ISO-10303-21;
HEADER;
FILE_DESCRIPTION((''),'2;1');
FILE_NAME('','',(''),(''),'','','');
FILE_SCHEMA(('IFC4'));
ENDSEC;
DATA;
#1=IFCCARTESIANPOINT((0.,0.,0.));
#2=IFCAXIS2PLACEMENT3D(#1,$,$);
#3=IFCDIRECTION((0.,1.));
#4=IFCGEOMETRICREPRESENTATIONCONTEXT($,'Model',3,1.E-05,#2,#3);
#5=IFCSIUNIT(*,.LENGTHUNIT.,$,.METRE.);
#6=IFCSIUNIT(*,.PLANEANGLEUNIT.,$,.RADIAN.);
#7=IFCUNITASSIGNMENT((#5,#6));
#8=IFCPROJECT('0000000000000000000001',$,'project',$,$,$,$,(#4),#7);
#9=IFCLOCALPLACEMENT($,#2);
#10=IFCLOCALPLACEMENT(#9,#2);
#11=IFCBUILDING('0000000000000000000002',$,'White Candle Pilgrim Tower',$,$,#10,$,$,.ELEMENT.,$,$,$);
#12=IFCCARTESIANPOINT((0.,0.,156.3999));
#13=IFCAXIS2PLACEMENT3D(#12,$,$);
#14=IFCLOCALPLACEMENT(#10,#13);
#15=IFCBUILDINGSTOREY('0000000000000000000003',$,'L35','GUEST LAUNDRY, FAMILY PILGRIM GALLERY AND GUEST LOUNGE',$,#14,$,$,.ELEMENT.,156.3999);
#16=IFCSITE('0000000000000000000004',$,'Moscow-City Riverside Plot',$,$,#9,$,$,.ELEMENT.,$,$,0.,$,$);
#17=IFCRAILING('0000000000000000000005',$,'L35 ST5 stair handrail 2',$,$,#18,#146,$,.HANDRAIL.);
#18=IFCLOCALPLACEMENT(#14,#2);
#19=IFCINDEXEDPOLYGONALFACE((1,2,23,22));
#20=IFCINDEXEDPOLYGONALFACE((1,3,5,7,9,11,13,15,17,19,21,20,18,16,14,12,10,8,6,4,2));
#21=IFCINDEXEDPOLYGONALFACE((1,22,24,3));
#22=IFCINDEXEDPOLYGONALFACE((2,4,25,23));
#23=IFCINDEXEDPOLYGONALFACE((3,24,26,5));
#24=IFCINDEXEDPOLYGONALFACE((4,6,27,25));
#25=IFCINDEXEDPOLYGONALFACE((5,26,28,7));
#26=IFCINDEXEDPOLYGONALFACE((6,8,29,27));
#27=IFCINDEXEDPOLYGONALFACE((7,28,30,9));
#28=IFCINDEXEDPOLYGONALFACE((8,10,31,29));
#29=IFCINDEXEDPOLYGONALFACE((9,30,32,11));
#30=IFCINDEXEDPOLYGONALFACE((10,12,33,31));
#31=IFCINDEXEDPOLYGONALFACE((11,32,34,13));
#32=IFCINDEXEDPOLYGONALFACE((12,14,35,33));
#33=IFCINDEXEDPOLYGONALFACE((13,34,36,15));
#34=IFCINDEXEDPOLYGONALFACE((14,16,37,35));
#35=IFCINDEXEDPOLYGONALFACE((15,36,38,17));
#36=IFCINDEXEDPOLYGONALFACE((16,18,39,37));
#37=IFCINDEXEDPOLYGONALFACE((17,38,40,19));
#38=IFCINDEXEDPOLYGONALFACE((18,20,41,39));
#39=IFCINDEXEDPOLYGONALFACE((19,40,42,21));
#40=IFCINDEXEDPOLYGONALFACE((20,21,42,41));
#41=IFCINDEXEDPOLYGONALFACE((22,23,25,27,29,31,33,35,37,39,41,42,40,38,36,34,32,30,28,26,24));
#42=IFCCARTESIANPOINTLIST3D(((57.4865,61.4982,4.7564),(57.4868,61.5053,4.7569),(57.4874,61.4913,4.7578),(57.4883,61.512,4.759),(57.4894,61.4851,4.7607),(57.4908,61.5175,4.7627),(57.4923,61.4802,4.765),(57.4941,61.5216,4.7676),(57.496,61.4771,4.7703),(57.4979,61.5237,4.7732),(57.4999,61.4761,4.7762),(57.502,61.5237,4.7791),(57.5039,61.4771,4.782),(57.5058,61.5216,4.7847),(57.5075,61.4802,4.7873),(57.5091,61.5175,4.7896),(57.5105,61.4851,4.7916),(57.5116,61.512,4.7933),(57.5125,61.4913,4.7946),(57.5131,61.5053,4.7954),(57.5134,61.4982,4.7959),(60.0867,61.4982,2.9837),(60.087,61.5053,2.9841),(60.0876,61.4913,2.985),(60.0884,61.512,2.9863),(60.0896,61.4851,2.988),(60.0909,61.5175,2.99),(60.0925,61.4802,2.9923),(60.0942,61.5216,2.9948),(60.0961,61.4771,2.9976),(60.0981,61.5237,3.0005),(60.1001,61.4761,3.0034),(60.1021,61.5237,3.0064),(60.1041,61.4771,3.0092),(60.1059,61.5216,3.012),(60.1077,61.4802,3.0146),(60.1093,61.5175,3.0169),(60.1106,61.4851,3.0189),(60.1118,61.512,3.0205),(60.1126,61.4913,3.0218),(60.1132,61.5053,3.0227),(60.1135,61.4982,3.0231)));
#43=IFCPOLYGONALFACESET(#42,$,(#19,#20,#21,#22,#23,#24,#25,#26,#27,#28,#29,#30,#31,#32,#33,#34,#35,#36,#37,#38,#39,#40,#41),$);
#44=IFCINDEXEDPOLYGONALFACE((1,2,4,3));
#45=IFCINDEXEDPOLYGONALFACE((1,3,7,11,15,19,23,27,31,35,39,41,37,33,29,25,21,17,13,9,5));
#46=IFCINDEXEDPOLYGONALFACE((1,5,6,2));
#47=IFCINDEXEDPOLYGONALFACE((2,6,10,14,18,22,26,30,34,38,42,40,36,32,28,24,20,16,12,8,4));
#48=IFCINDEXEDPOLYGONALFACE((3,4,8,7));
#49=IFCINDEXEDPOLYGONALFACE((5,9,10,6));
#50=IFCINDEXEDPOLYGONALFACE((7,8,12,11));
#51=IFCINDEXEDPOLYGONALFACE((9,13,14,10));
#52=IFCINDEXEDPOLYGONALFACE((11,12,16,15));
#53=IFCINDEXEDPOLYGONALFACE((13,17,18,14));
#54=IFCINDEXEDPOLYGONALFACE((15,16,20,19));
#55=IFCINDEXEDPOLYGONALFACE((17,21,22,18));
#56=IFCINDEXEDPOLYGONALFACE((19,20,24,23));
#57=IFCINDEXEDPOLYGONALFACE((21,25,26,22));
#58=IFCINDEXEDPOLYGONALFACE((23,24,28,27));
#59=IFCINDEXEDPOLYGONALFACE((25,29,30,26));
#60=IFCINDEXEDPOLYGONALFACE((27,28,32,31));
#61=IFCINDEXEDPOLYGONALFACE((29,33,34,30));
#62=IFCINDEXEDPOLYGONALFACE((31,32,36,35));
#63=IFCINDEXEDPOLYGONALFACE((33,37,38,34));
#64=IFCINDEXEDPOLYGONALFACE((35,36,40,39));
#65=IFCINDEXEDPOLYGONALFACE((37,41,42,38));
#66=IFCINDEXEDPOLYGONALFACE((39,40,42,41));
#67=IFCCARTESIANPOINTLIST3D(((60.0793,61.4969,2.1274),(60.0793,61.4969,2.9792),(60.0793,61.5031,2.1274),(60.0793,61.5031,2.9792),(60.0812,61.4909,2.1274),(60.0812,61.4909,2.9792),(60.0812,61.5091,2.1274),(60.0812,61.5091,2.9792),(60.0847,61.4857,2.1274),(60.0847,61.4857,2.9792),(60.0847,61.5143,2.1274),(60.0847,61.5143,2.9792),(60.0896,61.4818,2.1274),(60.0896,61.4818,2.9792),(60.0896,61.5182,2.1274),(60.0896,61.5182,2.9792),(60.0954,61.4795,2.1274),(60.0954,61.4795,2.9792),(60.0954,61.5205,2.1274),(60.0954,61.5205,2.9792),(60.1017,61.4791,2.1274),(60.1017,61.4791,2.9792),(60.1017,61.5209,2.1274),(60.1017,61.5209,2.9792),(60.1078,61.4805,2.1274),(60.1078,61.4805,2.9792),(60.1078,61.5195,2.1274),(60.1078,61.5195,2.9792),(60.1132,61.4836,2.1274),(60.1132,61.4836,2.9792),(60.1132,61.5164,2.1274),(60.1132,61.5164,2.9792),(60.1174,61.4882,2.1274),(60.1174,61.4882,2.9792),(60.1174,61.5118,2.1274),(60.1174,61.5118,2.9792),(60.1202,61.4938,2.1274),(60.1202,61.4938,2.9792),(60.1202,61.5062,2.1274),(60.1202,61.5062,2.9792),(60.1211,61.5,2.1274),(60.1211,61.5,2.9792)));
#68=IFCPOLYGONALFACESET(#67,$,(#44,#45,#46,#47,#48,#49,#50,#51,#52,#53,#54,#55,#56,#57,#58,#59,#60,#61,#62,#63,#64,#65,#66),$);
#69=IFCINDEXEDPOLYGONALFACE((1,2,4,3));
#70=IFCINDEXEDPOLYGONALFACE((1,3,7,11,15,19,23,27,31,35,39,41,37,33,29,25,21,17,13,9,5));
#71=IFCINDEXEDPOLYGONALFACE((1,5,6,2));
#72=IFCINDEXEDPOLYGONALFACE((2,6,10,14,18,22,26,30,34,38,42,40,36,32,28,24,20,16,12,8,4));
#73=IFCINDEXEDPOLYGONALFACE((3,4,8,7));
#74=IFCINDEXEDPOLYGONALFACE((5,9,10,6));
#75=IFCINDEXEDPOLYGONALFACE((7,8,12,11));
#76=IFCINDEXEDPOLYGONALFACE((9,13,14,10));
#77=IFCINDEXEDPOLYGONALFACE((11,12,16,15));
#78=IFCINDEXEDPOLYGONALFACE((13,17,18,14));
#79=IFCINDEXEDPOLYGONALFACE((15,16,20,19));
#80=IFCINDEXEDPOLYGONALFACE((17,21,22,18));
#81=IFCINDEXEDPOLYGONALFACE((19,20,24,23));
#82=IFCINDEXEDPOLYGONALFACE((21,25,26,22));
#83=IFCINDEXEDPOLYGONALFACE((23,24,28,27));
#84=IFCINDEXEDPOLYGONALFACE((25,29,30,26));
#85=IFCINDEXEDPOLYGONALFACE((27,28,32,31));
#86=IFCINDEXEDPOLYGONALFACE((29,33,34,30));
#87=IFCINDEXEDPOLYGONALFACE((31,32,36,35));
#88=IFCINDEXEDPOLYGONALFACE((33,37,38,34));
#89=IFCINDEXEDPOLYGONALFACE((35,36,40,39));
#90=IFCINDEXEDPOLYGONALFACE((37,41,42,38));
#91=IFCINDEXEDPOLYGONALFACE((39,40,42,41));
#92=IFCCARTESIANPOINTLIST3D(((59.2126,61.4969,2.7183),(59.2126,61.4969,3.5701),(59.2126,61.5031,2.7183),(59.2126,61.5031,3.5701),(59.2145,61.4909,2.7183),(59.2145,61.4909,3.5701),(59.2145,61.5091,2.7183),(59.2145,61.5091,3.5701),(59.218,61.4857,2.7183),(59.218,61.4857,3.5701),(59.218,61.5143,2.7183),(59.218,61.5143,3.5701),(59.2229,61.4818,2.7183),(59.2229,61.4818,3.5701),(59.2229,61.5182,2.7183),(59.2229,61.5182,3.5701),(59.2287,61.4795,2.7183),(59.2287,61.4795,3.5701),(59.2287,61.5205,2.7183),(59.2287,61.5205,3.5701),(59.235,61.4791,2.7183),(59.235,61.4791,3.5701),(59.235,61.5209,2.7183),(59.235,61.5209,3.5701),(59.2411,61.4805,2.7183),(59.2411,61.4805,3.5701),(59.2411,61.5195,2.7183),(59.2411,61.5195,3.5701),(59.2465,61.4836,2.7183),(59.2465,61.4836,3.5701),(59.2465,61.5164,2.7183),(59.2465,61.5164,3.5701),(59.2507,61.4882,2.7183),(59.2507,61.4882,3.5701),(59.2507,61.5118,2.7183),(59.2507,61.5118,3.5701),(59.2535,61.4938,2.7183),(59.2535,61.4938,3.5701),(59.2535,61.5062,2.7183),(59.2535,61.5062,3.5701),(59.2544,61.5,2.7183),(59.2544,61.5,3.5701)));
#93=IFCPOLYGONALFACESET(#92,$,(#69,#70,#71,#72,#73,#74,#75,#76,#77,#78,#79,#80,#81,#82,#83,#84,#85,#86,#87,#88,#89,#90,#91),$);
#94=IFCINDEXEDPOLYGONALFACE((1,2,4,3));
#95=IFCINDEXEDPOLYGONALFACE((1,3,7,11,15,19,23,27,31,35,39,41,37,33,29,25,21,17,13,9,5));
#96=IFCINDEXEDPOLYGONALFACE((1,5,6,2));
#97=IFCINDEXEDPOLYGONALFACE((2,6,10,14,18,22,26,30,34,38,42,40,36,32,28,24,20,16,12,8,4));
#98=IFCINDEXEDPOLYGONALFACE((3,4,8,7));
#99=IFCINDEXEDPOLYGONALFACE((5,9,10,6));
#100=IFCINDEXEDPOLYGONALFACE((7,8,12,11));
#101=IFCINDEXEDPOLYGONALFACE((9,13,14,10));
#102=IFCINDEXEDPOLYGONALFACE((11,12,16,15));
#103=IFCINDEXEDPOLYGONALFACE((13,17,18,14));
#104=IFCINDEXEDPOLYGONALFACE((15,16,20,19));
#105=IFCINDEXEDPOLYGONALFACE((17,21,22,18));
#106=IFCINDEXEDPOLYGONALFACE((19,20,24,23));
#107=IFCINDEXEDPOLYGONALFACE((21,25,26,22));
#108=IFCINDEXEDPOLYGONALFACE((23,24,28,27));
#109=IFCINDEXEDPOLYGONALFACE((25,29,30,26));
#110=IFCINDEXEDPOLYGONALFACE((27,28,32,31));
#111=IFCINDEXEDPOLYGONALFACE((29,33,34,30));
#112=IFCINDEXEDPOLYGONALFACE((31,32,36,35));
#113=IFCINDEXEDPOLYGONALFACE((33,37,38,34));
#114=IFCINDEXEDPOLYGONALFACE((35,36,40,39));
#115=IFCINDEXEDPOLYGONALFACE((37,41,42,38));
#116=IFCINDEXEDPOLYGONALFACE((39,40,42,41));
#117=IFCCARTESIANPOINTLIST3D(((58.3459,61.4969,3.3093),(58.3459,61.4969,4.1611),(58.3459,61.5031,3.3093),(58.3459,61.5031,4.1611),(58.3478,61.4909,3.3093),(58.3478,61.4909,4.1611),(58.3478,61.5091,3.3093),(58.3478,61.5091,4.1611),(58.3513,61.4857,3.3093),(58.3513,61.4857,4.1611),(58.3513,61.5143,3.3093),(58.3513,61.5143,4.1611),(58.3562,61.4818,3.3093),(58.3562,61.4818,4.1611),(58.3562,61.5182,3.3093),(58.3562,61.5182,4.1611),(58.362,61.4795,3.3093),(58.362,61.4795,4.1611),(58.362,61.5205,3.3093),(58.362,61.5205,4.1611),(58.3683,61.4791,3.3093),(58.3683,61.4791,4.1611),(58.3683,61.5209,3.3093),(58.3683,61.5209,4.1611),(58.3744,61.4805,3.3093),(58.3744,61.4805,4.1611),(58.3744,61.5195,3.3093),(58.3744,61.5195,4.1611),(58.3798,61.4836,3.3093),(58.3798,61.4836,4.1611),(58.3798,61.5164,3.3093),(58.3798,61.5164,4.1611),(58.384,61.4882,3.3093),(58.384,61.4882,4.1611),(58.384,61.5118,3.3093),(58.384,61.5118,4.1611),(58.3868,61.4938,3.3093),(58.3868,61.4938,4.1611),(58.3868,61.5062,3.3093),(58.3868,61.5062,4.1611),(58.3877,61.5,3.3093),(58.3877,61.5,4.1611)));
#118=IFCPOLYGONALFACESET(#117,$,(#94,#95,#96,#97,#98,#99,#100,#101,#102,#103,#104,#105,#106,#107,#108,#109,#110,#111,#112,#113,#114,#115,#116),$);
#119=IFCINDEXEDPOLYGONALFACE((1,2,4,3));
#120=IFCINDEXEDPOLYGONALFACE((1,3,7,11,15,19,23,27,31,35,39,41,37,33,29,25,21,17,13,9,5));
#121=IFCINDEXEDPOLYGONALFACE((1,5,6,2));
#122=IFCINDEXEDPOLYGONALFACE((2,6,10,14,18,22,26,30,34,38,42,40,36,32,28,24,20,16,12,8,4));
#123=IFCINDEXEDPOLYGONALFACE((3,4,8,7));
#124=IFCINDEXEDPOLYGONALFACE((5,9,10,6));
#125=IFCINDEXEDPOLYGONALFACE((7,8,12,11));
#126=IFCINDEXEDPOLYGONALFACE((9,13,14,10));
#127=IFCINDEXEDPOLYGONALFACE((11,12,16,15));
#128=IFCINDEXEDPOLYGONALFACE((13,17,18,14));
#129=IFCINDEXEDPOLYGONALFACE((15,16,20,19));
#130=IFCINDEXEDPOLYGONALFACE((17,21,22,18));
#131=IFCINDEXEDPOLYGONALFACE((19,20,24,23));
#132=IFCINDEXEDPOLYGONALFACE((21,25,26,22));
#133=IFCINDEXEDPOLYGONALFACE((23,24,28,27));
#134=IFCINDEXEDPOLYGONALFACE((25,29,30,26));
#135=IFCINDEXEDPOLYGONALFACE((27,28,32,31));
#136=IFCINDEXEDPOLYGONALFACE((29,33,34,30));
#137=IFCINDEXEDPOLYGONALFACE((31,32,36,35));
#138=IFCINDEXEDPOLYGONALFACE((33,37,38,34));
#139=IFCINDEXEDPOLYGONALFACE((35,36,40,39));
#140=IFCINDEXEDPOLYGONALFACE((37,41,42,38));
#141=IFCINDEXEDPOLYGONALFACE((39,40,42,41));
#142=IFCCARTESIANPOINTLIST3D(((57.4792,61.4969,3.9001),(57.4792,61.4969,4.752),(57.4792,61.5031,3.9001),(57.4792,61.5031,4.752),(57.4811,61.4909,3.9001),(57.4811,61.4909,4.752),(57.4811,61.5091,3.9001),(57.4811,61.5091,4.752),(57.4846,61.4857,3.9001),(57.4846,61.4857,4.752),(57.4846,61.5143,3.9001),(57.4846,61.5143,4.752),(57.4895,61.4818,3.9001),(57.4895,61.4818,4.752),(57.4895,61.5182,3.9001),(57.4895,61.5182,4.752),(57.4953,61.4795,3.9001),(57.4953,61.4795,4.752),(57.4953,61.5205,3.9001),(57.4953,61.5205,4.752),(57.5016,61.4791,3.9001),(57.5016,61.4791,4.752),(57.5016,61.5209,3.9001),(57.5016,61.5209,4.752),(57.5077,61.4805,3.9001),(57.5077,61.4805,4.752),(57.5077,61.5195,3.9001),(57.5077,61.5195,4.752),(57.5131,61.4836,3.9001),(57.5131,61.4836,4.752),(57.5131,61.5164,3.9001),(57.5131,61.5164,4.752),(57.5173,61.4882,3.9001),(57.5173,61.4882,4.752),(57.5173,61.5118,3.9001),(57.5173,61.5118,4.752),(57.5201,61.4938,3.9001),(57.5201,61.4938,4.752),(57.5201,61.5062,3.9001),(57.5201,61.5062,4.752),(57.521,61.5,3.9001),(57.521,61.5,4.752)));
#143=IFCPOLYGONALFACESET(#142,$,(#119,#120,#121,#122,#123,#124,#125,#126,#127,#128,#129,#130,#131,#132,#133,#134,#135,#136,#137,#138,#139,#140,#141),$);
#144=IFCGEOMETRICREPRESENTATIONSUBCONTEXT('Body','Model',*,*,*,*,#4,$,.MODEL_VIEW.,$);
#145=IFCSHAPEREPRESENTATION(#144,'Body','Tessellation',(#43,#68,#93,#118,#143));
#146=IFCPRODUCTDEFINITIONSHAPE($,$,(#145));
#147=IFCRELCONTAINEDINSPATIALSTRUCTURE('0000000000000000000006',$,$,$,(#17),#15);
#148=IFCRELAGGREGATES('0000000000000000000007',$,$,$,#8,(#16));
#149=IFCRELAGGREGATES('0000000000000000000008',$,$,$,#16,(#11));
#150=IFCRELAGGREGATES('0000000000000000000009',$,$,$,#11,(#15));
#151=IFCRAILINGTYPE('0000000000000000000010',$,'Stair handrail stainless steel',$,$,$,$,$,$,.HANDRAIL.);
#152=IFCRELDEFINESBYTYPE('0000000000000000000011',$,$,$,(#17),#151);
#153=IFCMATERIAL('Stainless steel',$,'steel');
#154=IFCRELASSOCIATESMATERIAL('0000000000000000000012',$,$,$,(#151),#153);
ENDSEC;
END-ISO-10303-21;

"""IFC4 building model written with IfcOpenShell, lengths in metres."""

from ifc_helpers import new_model, si_unit, direction, frame, origin, origin_2d, place, context, subcontext, project, spatial, circle, extrude, material, type_object, element, save


model = new_model("IFC4")

# Units and contexts
model_context = context("Model", 3, precision=1e-05, world=origin(), true_north=direction((0.0, 1.0)))
body_context = subcontext(model_context, "Body", "Model", "MODEL_VIEW")
ifc_project = project(units=[si_unit("LENGTHUNIT", "METRE"), si_unit("PLANEANGLEUNIT", "RADIAN")], contexts=[model_context])

# Site, building, storey
site_placement = place(None, origin())
site = spatial("IfcSite", under=ifc_project, at=site_placement, Name="Moscow-City Riverside Plot", CompositionType="ELEMENT", RefElevation=0.0)
building_placement = place(site_placement, origin())
building = spatial("IfcBuilding", under=site, at=building_placement, Name="White Candle Pilgrim Tower", CompositionType="ELEMENT")
storey_placement = place(building_placement, frame((0.0, 0.0, 156.3999)))
storey = spatial("IfcBuildingStorey", under=building, at=storey_placement, Name="L35", Description="GUEST LAUNDRY, FAMILY PILGRIM GALLERY AND GUEST LOUNGE", CompositionType="ELEMENT", Elevation=156.3999)

# Railing
ifc_material_1 = material(Name="Stainless steel", Category="steel")
railing_type_1 = type_object("IfcRailingType", Name="Stair handrail stainless steel", PredefinedType="HANDRAIL", material=ifc_material_1)
railing_1_placement = place(storey_placement, frame((60.1001, 61.5, 2.1274)))
element("IfcRailing", 1, at=railing_1_placement, inside=storey, type_object=railing_type_1, Name="L35 ST5 stair handrail 2", PredefinedType="HANDRAIL", context=body_context, shape_type="SweptSolid", body=[
    extrude(circle(Radius=0.0239, at=origin_2d()), frame((0.0, 0.0, 0.876), z_axis=(-0.82624, 0.0, 0.563318), x_axis=(0.0, -1.0, 0.0)), (0.0, 0.0, 1.0), 3.147),
    extrude(circle(Radius=0.021, at=origin_2d()), origin(), (0.0, 0.0, 1.0), 0.8518),
    extrude(circle(Radius=0.021, at=origin_2d()), frame((-0.8667, 0.0, 0.5908)), (0.0, 0.0, 1.0), 0.8518),
    extrude(circle(Radius=0.021, at=origin_2d()), frame((-1.7334, 0.0, 1.1819)), (0.0, 0.0, 1.0), 0.8518),
    extrude(circle(Radius=0.021, at=origin_2d()), frame((-2.6001, 0.0, 1.7727)), (0.0, 0.0, 1.0), 0.8518),
])

save(model, "model.ifc")
